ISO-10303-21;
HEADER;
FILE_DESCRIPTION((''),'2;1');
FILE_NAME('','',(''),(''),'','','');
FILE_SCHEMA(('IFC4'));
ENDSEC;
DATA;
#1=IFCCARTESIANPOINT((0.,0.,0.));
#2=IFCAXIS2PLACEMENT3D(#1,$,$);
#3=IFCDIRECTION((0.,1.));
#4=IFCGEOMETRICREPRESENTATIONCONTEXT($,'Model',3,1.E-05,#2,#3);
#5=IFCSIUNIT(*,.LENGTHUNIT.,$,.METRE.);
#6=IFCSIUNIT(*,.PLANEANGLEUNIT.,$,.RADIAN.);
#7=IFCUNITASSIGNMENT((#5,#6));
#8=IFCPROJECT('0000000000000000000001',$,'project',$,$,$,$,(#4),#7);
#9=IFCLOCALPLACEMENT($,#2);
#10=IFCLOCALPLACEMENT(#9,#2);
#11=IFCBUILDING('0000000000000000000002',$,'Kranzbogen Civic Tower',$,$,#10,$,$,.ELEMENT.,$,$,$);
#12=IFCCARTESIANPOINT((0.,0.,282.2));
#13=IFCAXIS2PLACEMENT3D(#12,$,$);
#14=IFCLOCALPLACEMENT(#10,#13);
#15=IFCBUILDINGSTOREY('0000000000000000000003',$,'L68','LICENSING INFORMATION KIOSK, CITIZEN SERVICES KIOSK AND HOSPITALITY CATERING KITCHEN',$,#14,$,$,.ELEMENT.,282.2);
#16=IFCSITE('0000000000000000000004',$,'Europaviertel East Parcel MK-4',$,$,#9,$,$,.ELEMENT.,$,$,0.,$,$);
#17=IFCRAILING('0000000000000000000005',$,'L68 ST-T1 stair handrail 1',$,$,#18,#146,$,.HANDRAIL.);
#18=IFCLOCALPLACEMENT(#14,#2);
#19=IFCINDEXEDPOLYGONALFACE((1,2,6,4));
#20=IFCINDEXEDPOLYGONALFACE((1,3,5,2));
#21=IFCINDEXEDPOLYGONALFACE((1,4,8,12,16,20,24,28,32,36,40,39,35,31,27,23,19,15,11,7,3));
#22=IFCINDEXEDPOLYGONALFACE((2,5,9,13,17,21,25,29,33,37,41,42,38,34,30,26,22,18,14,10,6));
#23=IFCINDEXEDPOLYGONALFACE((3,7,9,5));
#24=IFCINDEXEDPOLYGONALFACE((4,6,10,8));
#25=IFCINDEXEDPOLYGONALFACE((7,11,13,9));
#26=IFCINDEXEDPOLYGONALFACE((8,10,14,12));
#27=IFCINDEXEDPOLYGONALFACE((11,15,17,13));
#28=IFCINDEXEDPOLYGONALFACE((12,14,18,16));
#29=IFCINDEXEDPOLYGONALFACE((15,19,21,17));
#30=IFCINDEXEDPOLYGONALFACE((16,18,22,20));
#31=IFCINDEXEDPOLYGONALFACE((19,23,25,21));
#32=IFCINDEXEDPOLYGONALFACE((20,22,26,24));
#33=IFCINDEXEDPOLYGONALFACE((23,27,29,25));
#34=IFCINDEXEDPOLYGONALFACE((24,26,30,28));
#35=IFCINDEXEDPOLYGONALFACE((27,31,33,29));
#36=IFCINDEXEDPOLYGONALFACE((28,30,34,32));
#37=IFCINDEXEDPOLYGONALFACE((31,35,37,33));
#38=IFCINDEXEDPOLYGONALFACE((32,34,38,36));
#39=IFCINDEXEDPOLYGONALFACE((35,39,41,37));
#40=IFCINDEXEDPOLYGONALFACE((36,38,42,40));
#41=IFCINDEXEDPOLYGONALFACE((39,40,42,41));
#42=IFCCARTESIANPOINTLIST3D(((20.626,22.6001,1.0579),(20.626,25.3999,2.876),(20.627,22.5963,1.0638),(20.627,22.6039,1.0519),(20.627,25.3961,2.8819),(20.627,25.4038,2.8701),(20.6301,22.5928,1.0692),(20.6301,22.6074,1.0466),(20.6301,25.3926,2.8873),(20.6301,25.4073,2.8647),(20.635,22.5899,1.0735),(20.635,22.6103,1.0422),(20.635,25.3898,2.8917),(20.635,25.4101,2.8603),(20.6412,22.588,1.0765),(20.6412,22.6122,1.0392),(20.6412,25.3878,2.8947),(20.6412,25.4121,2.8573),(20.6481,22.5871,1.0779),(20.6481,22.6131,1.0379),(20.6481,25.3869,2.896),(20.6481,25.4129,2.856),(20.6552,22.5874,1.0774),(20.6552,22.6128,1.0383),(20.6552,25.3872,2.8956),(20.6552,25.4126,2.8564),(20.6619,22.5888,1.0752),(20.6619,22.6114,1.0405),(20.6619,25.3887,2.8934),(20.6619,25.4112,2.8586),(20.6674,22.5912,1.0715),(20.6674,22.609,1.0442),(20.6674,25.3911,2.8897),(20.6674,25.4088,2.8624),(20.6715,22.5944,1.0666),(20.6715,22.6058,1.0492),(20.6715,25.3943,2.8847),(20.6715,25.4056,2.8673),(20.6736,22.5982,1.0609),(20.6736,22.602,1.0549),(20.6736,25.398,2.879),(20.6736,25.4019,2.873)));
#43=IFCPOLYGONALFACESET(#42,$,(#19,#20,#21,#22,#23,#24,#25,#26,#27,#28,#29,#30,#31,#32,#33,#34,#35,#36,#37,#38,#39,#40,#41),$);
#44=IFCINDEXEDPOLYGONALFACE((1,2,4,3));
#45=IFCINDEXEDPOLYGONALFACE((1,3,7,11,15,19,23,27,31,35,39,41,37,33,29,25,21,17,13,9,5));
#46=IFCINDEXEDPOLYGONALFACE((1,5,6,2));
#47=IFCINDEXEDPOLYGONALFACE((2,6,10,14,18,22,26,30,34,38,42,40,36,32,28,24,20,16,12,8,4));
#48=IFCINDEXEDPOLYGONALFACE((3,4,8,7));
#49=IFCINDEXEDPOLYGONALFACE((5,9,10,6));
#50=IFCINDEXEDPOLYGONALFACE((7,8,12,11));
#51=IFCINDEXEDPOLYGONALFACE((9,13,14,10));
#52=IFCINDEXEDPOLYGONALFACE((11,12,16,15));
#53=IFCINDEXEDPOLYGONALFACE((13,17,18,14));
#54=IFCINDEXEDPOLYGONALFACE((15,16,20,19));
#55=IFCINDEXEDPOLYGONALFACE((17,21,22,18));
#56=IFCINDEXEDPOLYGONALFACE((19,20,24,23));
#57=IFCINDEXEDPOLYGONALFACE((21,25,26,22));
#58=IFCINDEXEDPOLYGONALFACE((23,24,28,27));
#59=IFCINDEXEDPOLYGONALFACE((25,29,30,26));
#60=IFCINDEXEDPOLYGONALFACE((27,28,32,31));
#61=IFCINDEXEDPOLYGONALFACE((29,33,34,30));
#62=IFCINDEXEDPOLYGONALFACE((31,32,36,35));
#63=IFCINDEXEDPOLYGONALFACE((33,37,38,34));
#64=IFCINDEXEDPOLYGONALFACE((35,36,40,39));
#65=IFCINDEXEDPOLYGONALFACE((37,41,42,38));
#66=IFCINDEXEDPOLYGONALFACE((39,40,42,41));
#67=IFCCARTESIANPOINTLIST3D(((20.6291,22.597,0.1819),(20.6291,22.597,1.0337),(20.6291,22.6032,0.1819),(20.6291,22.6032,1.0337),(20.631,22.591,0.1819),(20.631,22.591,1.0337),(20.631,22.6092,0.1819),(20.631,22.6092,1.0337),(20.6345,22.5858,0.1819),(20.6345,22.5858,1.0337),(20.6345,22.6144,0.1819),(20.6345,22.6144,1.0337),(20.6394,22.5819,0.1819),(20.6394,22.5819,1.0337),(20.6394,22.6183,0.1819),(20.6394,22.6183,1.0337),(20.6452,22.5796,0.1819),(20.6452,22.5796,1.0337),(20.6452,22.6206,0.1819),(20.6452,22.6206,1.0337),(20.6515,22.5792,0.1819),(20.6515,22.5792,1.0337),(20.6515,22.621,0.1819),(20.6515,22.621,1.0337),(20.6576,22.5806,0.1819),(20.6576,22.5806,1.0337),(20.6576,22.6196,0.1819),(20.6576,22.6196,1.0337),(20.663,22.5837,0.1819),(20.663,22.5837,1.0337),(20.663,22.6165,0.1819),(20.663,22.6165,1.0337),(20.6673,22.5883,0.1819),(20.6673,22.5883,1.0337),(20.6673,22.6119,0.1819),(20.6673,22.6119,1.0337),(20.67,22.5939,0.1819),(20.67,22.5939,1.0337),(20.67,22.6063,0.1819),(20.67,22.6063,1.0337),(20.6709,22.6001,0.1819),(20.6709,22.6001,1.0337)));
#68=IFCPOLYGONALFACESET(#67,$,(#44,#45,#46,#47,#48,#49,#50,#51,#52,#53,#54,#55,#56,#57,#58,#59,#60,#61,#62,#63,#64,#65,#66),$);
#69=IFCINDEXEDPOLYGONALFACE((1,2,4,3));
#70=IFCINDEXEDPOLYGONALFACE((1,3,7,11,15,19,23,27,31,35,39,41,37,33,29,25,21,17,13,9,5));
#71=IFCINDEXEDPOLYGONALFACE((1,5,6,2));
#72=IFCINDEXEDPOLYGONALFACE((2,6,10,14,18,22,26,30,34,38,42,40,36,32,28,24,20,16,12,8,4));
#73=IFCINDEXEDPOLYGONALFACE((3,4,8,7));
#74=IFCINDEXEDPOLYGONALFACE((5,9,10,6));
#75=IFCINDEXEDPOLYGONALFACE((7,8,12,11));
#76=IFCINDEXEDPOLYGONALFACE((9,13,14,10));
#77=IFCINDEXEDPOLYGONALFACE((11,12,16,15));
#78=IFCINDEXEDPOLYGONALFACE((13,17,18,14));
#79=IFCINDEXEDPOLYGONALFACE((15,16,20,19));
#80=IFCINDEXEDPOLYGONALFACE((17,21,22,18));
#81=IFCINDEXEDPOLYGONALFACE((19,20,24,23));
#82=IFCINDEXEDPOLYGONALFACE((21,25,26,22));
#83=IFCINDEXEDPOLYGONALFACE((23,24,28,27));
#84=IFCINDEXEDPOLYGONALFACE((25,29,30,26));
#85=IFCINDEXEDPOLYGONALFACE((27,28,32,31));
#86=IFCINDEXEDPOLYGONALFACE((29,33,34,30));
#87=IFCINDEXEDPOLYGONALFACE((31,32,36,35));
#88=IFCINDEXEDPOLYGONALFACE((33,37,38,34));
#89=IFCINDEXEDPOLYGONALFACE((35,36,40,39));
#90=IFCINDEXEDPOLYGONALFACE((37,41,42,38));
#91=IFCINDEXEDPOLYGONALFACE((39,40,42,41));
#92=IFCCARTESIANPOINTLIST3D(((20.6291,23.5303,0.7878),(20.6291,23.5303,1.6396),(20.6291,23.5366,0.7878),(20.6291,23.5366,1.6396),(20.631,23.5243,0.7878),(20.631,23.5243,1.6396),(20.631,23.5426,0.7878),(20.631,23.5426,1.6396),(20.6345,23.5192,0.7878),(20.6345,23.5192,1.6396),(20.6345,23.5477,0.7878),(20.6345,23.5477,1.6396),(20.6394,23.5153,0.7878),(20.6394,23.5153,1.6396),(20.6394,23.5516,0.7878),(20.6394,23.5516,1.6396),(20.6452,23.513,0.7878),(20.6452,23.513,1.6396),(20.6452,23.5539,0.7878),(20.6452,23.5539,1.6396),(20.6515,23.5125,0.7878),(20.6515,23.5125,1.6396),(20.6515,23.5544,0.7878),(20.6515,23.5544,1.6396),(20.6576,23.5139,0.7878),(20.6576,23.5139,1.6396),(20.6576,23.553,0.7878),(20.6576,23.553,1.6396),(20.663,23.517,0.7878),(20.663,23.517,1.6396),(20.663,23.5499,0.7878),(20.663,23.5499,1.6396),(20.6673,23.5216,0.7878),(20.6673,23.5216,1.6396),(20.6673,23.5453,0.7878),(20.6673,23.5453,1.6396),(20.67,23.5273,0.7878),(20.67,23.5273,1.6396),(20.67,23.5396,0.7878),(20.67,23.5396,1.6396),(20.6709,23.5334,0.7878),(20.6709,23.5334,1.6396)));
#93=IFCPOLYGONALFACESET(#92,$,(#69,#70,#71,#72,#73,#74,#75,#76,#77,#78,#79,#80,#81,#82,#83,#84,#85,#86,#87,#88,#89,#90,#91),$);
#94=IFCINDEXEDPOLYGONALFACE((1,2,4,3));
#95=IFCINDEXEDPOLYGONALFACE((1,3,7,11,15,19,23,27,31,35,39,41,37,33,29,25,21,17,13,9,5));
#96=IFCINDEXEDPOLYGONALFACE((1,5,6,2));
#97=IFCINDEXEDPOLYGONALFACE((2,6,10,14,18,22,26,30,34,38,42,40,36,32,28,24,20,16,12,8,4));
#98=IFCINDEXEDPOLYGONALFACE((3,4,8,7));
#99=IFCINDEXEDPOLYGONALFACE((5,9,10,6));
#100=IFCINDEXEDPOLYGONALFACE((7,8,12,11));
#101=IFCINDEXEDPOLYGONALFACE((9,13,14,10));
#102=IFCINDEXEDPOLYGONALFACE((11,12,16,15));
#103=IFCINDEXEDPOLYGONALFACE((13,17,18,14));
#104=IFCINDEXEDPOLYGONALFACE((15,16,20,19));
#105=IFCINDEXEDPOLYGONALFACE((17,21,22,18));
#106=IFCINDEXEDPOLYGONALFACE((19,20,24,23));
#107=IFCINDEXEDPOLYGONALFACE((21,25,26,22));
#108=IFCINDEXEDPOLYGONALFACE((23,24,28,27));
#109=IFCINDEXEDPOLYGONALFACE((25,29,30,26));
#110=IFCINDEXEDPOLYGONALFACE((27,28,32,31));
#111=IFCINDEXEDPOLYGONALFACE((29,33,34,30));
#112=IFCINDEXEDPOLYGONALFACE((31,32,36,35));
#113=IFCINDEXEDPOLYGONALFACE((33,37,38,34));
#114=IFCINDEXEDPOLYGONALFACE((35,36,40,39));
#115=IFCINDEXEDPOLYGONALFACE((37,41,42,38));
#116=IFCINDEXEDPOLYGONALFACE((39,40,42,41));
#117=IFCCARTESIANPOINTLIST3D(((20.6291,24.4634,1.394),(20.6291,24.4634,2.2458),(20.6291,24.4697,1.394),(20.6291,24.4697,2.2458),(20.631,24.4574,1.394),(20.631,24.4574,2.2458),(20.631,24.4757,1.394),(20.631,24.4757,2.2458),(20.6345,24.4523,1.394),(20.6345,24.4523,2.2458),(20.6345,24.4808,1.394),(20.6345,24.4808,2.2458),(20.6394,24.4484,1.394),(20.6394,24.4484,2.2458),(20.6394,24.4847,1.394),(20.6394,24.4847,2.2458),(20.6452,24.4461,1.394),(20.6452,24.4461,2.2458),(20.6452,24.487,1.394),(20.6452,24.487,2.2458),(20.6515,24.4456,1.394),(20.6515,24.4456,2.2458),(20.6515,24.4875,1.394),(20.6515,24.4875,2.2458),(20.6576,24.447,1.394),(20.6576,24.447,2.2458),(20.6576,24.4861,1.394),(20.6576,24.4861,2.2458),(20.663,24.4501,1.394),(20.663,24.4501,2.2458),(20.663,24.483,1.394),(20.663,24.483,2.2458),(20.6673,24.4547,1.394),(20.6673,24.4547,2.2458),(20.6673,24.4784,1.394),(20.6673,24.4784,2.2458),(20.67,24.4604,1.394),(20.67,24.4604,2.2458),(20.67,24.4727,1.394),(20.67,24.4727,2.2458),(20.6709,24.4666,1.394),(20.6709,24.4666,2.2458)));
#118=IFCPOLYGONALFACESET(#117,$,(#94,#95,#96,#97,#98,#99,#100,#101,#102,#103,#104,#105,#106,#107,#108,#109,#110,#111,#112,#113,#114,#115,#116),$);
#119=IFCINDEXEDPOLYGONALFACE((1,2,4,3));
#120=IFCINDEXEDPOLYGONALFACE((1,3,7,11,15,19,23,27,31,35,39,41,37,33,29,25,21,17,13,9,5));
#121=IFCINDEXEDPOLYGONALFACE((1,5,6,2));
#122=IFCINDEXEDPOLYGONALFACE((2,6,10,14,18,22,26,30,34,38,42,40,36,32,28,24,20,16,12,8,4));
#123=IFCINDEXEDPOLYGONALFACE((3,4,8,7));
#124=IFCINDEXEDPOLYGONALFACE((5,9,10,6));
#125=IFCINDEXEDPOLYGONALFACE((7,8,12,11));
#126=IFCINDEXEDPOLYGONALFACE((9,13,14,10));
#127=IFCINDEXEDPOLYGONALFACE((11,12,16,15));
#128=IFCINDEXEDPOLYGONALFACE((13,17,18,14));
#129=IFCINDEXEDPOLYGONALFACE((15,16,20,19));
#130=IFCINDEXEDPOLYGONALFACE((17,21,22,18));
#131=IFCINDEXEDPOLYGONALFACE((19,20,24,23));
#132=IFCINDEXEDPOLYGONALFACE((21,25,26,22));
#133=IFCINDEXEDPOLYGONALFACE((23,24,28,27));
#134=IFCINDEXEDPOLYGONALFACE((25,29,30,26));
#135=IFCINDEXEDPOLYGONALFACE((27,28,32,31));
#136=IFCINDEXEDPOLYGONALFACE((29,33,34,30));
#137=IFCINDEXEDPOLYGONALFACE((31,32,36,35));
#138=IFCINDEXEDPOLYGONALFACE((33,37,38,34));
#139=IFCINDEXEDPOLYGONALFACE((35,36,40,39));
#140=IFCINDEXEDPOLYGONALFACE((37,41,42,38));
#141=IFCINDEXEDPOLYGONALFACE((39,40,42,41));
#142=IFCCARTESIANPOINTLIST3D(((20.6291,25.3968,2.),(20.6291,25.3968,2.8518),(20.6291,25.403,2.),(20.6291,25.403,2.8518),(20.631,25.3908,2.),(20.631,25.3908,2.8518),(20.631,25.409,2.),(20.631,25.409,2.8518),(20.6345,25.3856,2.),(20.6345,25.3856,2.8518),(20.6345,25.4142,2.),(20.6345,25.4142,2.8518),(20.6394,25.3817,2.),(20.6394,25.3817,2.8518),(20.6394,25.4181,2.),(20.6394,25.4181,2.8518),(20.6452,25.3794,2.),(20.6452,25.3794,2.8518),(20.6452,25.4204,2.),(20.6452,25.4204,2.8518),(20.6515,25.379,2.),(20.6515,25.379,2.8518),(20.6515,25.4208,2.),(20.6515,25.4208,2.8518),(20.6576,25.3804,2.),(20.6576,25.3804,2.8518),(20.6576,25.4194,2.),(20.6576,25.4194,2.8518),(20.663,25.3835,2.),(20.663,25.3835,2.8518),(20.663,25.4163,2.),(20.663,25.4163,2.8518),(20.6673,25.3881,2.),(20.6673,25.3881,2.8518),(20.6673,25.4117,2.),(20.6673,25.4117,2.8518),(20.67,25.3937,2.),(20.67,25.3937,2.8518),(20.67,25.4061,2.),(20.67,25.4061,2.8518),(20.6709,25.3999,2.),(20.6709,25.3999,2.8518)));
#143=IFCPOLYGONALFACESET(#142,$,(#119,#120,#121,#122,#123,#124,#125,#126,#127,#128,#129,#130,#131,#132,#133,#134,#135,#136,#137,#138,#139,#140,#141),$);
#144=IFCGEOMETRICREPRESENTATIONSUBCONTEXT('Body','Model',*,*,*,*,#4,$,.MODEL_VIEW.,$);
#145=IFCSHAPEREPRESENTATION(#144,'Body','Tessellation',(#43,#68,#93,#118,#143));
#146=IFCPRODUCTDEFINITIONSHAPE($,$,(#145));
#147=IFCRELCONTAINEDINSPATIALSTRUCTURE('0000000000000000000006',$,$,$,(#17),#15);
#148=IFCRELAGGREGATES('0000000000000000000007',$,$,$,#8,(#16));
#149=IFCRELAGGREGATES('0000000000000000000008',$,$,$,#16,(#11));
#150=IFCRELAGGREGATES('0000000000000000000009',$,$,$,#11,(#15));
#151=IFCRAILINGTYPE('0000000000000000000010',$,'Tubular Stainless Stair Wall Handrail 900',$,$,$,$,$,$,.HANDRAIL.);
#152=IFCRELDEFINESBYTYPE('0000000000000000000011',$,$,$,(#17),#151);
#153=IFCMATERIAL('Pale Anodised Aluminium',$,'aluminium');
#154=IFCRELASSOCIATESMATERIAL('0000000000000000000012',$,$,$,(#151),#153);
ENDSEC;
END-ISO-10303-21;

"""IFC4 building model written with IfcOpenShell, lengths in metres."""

from ifc_helpers import new_model, si_unit, direction, frame, origin, origin_2d, place, context, subcontext, project, spatial, circle, extrude, material, type_object, element, save


model = new_model("IFC4")

# Units and contexts
model_context = context("Model", 3, precision=1e-05, world=origin(), true_north=direction((0.0, 1.0)))
body_context = subcontext(model_context, "Body", "Model", "MODEL_VIEW")
ifc_project = project(units=[si_unit("LENGTHUNIT", "METRE"), si_unit("PLANEANGLEUNIT", "RADIAN")], contexts=[model_context])

# Site, building, storey
site_placement = place(None, origin())
site = spatial("IfcSite", under=ifc_project, at=site_placement, Name="Europaviertel East Parcel MK-4", CompositionType="ELEMENT", RefElevation=0.0)
building_placement = place(site_placement, origin())
building = spatial("IfcBuilding", under=site, at=building_placement, Name="Kranzbogen Civic Tower", CompositionType="ELEMENT")
storey_placement = place(building_placement, frame((0.0, 0.0, 282.2)))
storey = spatial("IfcBuildingStorey", under=building, at=storey_placement, Name="L68", Description="LICENSING INFORMATION KIOSK, CITIZEN SERVICES KIOSK AND HOSPITALITY CATERING KITCHEN", CompositionType="ELEMENT", Elevation=282.2)

# Shared definitions
ifc_material_1 = material(Name="Pale Anodised Aluminium", Category="aluminium")

# Railing
railing_type_1 = type_object("IfcRailingType", Name="Tubular Stainless Stair Wall Handrail 900", PredefinedType="HANDRAIL", material=ifc_material_1)
railing_1_placement = place(storey_placement, frame((20.6499, 22.6001, 0.1819)))
element("IfcRailing", 1, at=railing_1_placement, inside=storey, type_object=railing_type_1, Name="L68 ST-T1 stair handrail 1", PredefinedType="HANDRAIL", context=body_context, shape_type="SweptSolid", body=[
    extrude(circle(Radius=0.0239, at=origin_2d()), frame((0.0, 0.0, 0.876), z_axis=(0.0, 0.838684, 0.544618), x_axis=(-1.0, 0.0, 0.0)), (0.0, 0.0, 1.0), 3.3384),
    extrude(circle(Radius=0.021, at=origin_2d()), origin(), (0.0, 0.0, 1.0), 0.8518),
    extrude(circle(Radius=0.021, at=origin_2d()), frame((0.0, 0.9333, 0.606)), (0.0, 0.0, 1.0), 0.8518),
    extrude(circle(Radius=0.021, at=origin_2d()), frame((0.0, 1.8665, 1.2122)), (0.0, 0.0, 1.0), 0.8518),
    extrude(circle(Radius=0.021, at=origin_2d()), frame((0.0, 2.7998, 1.8181)), (0.0, 0.0, 1.0), 0.8518),
])

save(model, "model.ifc")
